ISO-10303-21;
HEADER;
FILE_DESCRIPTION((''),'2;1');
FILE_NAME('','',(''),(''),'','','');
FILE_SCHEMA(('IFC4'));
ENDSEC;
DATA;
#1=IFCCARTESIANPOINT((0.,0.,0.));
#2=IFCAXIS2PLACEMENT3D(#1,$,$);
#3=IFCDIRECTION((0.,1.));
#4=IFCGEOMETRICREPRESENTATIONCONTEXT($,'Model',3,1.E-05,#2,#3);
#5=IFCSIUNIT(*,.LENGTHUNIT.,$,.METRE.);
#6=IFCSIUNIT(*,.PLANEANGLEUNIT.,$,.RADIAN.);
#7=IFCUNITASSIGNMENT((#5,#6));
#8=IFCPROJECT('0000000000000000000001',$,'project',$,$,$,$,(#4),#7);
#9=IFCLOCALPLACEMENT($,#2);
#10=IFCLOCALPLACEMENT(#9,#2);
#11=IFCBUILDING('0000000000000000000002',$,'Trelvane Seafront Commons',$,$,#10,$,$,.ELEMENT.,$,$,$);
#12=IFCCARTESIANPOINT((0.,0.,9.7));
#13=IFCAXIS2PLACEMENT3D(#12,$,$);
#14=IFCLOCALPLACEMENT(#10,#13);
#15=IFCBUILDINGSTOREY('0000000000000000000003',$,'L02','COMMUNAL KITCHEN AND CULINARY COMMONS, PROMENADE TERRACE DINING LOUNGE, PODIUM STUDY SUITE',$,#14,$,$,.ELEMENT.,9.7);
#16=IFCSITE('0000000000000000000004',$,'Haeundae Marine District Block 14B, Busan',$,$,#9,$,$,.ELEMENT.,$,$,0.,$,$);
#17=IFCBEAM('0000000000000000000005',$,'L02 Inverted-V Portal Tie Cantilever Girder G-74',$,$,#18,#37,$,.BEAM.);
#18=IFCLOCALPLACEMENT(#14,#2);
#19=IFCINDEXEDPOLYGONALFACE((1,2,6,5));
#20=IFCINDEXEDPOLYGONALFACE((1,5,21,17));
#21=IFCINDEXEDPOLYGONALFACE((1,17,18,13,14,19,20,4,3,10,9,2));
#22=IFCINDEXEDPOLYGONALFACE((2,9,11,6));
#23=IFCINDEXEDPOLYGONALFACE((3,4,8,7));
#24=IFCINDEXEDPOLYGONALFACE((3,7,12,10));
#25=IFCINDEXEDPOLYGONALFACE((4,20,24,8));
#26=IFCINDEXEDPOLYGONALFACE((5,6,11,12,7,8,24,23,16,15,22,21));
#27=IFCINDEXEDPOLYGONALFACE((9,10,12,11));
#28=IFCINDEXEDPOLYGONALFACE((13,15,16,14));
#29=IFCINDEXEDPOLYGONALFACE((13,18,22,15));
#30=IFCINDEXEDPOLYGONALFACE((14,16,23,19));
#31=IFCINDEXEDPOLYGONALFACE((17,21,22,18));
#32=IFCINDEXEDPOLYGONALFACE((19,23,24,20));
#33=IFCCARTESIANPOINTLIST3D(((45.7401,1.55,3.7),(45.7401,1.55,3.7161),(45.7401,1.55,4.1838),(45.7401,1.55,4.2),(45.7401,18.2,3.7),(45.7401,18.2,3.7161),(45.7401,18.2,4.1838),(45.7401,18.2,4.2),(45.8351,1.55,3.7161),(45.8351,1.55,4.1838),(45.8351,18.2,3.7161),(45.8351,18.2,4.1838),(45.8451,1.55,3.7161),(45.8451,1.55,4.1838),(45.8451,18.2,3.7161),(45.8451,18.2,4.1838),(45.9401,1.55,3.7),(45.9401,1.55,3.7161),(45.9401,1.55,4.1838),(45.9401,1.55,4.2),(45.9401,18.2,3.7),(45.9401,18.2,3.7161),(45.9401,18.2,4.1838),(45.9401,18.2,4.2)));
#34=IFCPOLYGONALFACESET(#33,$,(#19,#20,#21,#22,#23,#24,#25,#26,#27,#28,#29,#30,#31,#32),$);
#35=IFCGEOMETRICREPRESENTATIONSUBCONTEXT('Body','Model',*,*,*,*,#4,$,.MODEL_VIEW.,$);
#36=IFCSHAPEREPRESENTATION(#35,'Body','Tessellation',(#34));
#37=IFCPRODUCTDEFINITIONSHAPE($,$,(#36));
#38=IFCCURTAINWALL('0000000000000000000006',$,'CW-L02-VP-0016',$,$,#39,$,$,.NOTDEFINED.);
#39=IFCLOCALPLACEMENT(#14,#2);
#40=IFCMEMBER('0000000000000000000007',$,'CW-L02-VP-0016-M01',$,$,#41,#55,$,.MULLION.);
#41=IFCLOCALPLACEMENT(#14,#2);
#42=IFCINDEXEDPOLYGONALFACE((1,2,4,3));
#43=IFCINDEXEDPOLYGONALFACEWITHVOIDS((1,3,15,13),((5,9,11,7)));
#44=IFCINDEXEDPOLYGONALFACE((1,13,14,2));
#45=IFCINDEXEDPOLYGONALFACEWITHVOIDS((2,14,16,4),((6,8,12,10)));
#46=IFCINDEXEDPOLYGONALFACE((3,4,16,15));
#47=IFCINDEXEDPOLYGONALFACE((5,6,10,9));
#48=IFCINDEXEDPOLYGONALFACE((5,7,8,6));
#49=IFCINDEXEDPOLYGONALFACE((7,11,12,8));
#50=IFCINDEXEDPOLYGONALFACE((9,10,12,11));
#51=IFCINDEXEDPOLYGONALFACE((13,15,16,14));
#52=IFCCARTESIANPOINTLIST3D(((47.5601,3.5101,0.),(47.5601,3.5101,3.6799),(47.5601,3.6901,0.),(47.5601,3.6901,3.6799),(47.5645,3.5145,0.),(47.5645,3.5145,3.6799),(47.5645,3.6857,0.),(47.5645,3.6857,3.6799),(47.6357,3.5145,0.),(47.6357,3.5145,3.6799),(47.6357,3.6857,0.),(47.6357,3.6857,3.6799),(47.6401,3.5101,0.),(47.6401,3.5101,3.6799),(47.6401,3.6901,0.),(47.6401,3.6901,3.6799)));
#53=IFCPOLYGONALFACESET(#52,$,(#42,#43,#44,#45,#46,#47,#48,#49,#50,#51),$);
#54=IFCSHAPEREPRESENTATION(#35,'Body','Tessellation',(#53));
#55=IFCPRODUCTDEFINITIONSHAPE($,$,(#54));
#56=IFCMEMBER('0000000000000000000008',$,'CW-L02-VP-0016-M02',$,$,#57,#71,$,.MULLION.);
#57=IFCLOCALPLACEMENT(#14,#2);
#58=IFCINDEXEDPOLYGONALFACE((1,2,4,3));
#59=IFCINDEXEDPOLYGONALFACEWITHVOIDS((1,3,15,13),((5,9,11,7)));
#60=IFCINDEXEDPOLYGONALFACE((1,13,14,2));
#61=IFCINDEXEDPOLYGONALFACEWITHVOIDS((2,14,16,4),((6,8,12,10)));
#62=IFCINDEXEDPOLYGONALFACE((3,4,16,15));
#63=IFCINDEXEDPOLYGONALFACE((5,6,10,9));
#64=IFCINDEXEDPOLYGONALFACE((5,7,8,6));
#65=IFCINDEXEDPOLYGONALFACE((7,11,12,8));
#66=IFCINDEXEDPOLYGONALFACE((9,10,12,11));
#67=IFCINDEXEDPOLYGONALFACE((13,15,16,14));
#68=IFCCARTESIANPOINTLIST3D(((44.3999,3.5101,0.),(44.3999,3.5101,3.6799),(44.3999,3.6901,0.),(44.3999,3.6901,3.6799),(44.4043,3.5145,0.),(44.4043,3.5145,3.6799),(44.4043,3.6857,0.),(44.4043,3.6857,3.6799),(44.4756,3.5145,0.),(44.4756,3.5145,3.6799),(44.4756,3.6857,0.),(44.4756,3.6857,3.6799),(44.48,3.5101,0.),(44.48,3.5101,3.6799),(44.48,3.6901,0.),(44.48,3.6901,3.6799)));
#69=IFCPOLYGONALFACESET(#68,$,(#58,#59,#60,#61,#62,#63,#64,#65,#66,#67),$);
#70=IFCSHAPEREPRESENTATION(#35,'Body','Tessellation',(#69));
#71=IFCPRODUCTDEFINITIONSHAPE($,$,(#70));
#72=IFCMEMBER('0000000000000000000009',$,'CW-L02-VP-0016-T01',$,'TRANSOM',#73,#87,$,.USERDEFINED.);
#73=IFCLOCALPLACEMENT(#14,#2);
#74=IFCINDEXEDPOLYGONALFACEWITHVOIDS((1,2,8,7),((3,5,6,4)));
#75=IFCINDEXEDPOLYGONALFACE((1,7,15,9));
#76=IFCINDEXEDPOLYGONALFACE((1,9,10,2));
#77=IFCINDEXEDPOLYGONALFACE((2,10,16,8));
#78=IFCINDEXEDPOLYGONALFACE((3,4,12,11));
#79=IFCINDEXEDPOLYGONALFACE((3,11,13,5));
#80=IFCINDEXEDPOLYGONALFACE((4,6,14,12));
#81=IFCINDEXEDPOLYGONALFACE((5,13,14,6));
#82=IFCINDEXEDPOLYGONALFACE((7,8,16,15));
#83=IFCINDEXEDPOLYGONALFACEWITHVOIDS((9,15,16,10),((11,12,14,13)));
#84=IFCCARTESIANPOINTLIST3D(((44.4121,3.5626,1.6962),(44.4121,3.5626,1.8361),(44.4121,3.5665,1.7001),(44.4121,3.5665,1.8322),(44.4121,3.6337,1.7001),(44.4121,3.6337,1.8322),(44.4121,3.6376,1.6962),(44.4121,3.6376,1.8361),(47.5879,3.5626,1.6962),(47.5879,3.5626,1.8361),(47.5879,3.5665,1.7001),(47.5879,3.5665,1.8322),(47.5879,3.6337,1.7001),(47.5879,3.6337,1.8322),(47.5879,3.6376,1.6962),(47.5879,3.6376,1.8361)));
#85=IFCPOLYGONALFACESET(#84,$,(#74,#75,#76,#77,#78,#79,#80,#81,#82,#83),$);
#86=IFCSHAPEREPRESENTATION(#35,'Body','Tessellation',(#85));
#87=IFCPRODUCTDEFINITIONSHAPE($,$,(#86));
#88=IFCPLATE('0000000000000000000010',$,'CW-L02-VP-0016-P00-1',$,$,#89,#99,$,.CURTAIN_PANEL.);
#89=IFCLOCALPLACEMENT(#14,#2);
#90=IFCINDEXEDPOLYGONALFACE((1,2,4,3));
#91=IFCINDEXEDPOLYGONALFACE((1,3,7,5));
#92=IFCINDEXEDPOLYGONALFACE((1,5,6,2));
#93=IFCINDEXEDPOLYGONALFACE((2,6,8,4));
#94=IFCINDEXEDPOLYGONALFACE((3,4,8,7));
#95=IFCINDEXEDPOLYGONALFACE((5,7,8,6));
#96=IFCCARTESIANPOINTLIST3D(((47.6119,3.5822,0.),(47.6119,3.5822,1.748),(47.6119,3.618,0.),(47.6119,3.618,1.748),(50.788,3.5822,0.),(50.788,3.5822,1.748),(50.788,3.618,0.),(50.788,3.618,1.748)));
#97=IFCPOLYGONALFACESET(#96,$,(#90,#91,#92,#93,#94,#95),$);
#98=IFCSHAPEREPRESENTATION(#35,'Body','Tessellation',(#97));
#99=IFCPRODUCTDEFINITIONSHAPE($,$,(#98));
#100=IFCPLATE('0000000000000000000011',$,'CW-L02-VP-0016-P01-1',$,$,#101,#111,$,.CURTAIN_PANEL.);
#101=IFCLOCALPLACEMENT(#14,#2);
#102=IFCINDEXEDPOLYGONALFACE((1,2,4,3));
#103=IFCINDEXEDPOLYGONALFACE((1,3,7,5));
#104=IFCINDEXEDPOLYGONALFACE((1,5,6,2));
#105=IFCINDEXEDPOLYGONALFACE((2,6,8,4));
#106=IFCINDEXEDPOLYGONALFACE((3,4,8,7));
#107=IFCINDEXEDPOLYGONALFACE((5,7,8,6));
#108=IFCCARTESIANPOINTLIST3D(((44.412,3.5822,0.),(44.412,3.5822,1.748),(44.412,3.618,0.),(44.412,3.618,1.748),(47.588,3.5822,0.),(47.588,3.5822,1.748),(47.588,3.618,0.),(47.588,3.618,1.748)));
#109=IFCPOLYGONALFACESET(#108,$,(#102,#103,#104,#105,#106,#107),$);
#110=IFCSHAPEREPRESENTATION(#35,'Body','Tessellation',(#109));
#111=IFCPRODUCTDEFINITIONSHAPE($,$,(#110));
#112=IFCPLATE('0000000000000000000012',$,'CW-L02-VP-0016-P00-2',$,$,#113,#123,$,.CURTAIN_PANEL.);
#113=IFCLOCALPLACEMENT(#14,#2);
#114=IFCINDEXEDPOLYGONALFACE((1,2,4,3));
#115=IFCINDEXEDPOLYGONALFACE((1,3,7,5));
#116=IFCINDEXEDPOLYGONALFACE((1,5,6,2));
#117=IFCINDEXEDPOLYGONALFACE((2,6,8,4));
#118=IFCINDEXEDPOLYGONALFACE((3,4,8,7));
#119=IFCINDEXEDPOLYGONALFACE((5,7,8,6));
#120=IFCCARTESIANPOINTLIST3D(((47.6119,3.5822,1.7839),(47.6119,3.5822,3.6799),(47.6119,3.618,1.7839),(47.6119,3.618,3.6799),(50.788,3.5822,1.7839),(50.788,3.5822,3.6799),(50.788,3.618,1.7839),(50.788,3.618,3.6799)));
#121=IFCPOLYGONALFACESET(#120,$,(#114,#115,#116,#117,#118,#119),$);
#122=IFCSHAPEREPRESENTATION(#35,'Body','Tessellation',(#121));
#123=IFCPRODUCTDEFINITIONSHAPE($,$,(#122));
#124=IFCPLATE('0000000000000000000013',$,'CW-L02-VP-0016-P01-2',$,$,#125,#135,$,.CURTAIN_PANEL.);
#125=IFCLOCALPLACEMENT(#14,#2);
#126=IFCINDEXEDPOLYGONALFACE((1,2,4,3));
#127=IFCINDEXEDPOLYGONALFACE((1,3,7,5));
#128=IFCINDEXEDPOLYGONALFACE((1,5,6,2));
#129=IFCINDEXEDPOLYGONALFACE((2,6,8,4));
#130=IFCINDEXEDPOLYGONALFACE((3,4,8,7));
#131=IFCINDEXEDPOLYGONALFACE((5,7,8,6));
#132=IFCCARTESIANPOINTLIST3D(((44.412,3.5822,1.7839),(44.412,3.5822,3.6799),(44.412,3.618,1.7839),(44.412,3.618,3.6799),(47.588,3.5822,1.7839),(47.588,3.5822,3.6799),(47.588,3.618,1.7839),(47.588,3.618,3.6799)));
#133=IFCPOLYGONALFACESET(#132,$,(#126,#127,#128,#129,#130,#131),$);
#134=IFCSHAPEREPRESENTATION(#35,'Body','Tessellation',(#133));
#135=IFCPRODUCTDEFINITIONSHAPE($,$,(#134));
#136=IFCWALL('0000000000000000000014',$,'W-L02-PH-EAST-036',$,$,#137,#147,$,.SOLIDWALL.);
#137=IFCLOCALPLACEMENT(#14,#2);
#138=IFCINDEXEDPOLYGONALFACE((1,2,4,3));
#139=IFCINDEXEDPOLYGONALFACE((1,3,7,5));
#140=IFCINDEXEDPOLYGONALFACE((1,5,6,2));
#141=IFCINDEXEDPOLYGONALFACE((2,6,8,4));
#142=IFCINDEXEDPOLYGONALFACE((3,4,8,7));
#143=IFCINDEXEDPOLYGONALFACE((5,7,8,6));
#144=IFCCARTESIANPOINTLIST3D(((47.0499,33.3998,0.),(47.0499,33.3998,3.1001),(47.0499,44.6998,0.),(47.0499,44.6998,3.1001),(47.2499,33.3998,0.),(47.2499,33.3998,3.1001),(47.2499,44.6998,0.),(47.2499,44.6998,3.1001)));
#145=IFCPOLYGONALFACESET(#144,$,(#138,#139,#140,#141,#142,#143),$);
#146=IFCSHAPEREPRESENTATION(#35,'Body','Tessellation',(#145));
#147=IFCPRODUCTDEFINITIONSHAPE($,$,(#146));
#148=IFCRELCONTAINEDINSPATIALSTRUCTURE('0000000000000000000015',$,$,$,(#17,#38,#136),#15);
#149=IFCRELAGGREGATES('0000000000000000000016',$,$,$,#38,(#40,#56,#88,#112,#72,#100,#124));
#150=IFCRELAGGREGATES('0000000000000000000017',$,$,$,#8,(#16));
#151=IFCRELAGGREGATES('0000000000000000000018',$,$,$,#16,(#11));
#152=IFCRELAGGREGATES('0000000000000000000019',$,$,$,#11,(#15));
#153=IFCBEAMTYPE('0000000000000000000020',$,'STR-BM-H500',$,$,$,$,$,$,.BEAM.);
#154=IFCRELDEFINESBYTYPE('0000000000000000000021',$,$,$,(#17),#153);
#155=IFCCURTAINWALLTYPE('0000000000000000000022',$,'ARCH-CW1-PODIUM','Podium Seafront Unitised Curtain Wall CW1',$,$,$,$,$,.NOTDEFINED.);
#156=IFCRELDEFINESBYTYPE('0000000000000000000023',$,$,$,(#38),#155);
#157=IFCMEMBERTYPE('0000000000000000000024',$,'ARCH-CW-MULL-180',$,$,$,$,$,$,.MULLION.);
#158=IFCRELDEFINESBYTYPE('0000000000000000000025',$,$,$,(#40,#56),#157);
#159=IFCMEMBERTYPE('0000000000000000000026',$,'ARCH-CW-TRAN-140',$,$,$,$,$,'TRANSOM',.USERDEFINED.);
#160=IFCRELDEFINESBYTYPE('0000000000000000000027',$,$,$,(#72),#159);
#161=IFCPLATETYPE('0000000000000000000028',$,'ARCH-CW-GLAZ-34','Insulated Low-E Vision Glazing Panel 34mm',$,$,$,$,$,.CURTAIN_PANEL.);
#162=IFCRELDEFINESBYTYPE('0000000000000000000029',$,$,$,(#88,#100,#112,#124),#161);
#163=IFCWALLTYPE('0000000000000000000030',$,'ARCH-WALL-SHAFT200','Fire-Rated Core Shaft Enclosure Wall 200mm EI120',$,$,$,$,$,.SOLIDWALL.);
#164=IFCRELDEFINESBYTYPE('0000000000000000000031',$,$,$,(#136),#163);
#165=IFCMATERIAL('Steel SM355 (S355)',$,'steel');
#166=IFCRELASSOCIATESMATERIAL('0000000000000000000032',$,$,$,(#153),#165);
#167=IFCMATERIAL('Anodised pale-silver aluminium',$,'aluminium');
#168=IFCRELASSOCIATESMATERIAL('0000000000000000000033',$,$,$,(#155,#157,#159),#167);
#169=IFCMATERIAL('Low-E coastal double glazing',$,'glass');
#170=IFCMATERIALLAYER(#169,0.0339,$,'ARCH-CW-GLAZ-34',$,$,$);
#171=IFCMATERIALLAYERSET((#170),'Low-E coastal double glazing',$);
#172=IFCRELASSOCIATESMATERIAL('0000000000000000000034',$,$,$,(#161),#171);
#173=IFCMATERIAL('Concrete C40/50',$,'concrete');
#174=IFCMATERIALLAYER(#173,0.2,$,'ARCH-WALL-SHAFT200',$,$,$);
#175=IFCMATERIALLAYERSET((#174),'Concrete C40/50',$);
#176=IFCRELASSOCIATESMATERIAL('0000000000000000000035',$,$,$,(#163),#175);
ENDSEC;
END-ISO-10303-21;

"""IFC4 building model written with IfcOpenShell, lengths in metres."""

from ifc_helpers import new_model, si_unit, direction, frame, frame_2d, origin, origin_2d, place, context, subcontext, project, spatial, rectangle, hollow_rectangle, i_section, extrude, source, transform, mapped, material, layer, layer_set, material_profile, profile_set, type_object, element, aggregate, save


model = new_model("IFC4")

# Units and contexts
model_context = context("Model", 3, precision=1e-05, world=origin(), true_north=direction((0.0, 1.0)))
body_context = subcontext(model_context, "Body", "Model", "MODEL_VIEW")
ifc_project = project(units=[si_unit("LENGTHUNIT", "METRE"), si_unit("PLANEANGLEUNIT", "RADIAN")], contexts=[model_context])

# Site, building, storey
site_placement = place(None, origin())
site = spatial("IfcSite", under=ifc_project, at=site_placement, Name="Haeundae Marine District Block 14B, Busan", CompositionType="ELEMENT", RefElevation=0.0)
building_placement = place(site_placement, origin())
building = spatial("IfcBuilding", under=site, at=building_placement, Name="Trelvane Seafront Commons", CompositionType="ELEMENT")
storey_placement = place(building_placement, frame((0.0, 0.0, 9.7)))
storey = spatial("IfcBuildingStorey", under=building, at=storey_placement, Name="L02", Description="COMMUNAL KITCHEN AND CULINARY COMMONS, PROMENADE TERRACE DINING LOUNGE, PODIUM STUDY SUITE", CompositionType="ELEMENT", Elevation=9.7)

# Beam
ifc_material_1 = material(Name="Steel SM355 (S355)", Category="steel")
ifc_material_profile_1 = material_profile(ifc_material_1, i_section(OverallWidth=0.2, OverallDepth=0.5, WebThickness=0.01, FlangeThickness=0.0161, at=origin_2d()), Name="H-500x200x10x16")
ifc_profile_set_1 = profile_set([ifc_material_profile_1], Name="Steel SM355 (S355)")
beam_type_1 = type_object("IfcBeamType", Name="STR-BM-H500", PredefinedType="BEAM", material=ifc_profile_set_1)
shared_shape_1 = source(origin(), body_context, "Body", "SweptSolid", [
    extrude(i_section(OverallWidth=0.2, OverallDepth=0.5, WebThickness=0.01, FlangeThickness=0.0161, at=origin_2d()), origin(), (0.0, 0.0, 1.0), 16.6499),
])
beam_1_placement = place(storey_placement, frame((45.8401, 18.2, 3.95), z_axis=(0.0, -1.0, 0.0), x_axis=(1.0, 0.0, 0.0)))
element("IfcBeam", 1, at=beam_1_placement, inside=storey, type_object=beam_type_1, Name="L02 Inverted-V Portal Tie Cantilever Girder G-74", PredefinedType="BEAM", context=body_context, shape_type="MappedRepresentation", body=[
    mapped(shared_shape_1, transform((0.0, 0.0, 0.0), x_axis=(1.0, 0.0, 0.0), y_axis=(0.0, 1.0, 0.0), z_axis=(0.0, 0.0, 1.0), scale=1.0)),
])

# Curtain wall, members, plates
ifc_material_2 = material(Name="Anodised pale-silver aluminium", Category="aluminium")
curtain_wall_type = type_object("IfcCurtainWallType", Name="ARCH-CW1-PODIUM", Description="Podium Seafront Unitised Curtain Wall CW1", PredefinedType="NOTDEFINED", material=ifc_material_2)
curtain_wall_placement = place(storey_placement, origin())
curtain_wall = element("IfcCurtainWall", 2, at=curtain_wall_placement, inside=storey, type_object=curtain_wall_type, Name="CW-L02-VP-0016", PredefinedType="NOTDEFINED")
ifc_material_profile_2 = material_profile(ifc_material_2, hollow_rectangle(XDim=0.0801, YDim=0.1799, WallThickness=0.0044, at=origin_2d()), Name="MULL-80x180x4.5")
ifc_profile_set_2 = profile_set([ifc_material_profile_2], Name="Anodised pale-silver aluminium")
member_type_1 = type_object("IfcMemberType", Name="ARCH-CW-MULL-180", PredefinedType="MULLION", material=ifc_profile_set_2)
shared_shape_2 = source(origin(), body_context, "Body", "SweptSolid", [
    extrude(hollow_rectangle(XDim=0.0801, YDim=0.1799, WallThickness=0.0044, at=origin_2d()), origin(), (0.0, 0.0, 1.0), 3.6799),
])
member_1_placement = place(storey_placement, frame((47.6001, 3.6001, 0.0), z_axis=(0.0, 0.0, 1.0), x_axis=(1.0, 0.0, 0.0)))
member_1 = element("IfcMember", 3, at=member_1_placement, type_object=member_type_1, Name="CW-L02-VP-0016-M01", PredefinedType="MULLION", context=body_context, shape_type="MappedRepresentation", body=[
    mapped(shared_shape_2, transform((0.0, 0.0, 0.0), x_axis=(1.0, 0.0, 0.0), y_axis=(0.0, 1.0, 0.0), z_axis=(0.0, 0.0, 1.0), scale=1.0)),
])
member_2_placement = place(storey_placement, frame((44.4399, 3.6001, 0.0), z_axis=(0.0, 0.0, 1.0), x_axis=(1.0, 0.0, 0.0)))
member_2 = element("IfcMember", 4, at=member_2_placement, type_object=member_type_1, Name="CW-L02-VP-0016-M02", PredefinedType="MULLION", context=body_context, shape_type="MappedRepresentation", body=[
    mapped(shared_shape_2, transform((0.0, 0.0, 0.0), x_axis=(1.0, 0.0, 0.0), y_axis=(0.0, 1.0, 0.0), z_axis=(0.0, 0.0, 1.0), scale=1.0)),
])
ifc_material_profile_3 = material_profile(ifc_material_2, hollow_rectangle(XDim=0.075, YDim=0.1399, WallThickness=0.0039, at=origin_2d()), Name="TRAN-75x140x4")
ifc_profile_set_3 = profile_set([ifc_material_profile_3], Name="Anodised pale-silver aluminium")
member_type_2 = type_object("IfcMemberType", Name="ARCH-CW-TRAN-140", ElementType="TRANSOM", PredefinedType="USERDEFINED", material=ifc_profile_set_3)
shared_shape_3 = source(origin(), body_context, "Body", "SweptSolid", [
    extrude(hollow_rectangle(XDim=0.075, YDim=0.1399, WallThickness=0.0039, at=origin_2d()), origin(), (0.0, 0.0, 1.0), 3.1758),
])
member_3_placement = place(storey_placement, frame((47.5879, 3.6001, 1.7661), z_axis=(-1.0, 0.0, 0.0), x_axis=(0.0, -1.0, 0.0)))
member_3 = element("IfcMember", 5, at=member_3_placement, type_object=member_type_2, Name="CW-L02-VP-0016-T01", ObjectType="TRANSOM", PredefinedType="USERDEFINED", context=body_context, shape_type="MappedRepresentation", body=[
    mapped(shared_shape_3, transform((0.0, 0.0, 0.0), x_axis=(1.0, 0.0, 0.0), y_axis=(0.0, 1.0, 0.0), z_axis=(0.0, 0.0, 1.0), scale=1.0)),
])
ifc_material_3 = material(Name="Low-E coastal double glazing", Category="glass")
ifc_layer_1 = layer(ifc_material_3, 0.0339, Name="ARCH-CW-GLAZ-34")
ifc_layer_set_1 = layer_set([ifc_layer_1], Name="Low-E coastal double glazing")
plate_type = type_object("IfcPlateType", Name="ARCH-CW-GLAZ-34", Description="Insulated Low-E Vision Glazing Panel 34mm", PredefinedType="CURTAIN_PANEL", material=ifc_layer_set_1)
shared_shape_4 = source(origin(), body_context, "Body", "SweptSolid", [
    extrude(rectangle(XDim=3.176, YDim=0.0359, at=origin_2d()), origin(), (0.0, 0.0, 1.0), 1.748),
])
plate_1_placement = place(storey_placement, frame((49.2, 3.6001, 0.0), z_axis=(0.0, 0.0, 1.0), x_axis=(-1.0, 0.0, 0.0)))
plate_1 = element("IfcPlate", 6, at=plate_1_placement, type_object=plate_type, Name="CW-L02-VP-0016-P00-1", PredefinedType="CURTAIN_PANEL", context=body_context, shape_type="MappedRepresentation", body=[
    mapped(shared_shape_4, transform((0.0, 0.0, 0.0), x_axis=(1.0, 0.0, 0.0), y_axis=(0.0, 1.0, 0.0), z_axis=(0.0, 0.0, 1.0), scale=1.0)),
])
plate_2_placement = place(storey_placement, frame((46.0, 3.6001, 0.0), z_axis=(0.0, 0.0, 1.0), x_axis=(-1.0, 0.0, 0.0)))
plate_2 = element("IfcPlate", 7, at=plate_2_placement, type_object=plate_type, Name="CW-L02-VP-0016-P01-1", PredefinedType="CURTAIN_PANEL", context=body_context, shape_type="MappedRepresentation", body=[
    mapped(shared_shape_4, transform((0.0, 0.0, 0.0), x_axis=(1.0, 0.0, 0.0), y_axis=(0.0, 1.0, 0.0), z_axis=(0.0, 0.0, 1.0), scale=1.0)),
])
shared_shape_5 = source(origin(), body_context, "Body", "SweptSolid", [
    extrude(rectangle(XDim=3.176, YDim=0.0359, at=origin_2d()), origin(), (0.0, 0.0, 1.0), 1.896),
])
plate_3_placement = place(storey_placement, frame((49.2, 3.6001, 1.7839), z_axis=(0.0, 0.0, 1.0), x_axis=(-1.0, 0.0, 0.0)))
plate_3 = element("IfcPlate", 8, at=plate_3_placement, type_object=plate_type, Name="CW-L02-VP-0016-P00-2", PredefinedType="CURTAIN_PANEL", context=body_context, shape_type="MappedRepresentation", body=[
    mapped(shared_shape_5, transform((0.0, 0.0, 0.0), x_axis=(1.0, 0.0, 0.0), y_axis=(0.0, 1.0, 0.0), z_axis=(0.0, 0.0, 1.0), scale=1.0)),
])
plate_4_placement = place(storey_placement, frame((46.0, 3.6001, 1.7839), z_axis=(0.0, 0.0, 1.0), x_axis=(-1.0, 0.0, 0.0)))
plate_4 = element("IfcPlate", 9, at=plate_4_placement, type_object=plate_type, Name="CW-L02-VP-0016-P01-2", PredefinedType="CURTAIN_PANEL", context=body_context, shape_type="MappedRepresentation", body=[
    mapped(shared_shape_5, transform((0.0, 0.0, 0.0), x_axis=(1.0, 0.0, 0.0), y_axis=(0.0, 1.0, 0.0), z_axis=(0.0, 0.0, 1.0), scale=1.0)),
])
aggregate(curtain_wall, [member_1, member_2, plate_1, plate_3, member_3, plate_2, plate_4])

# Shared definitions
ifc_material_4 = material(Name="Concrete C40/50", Category="concrete")

# Wall
ifc_layer_2 = layer(ifc_material_4, 0.2, Name="ARCH-WALL-SHAFT200")
ifc_layer_set_2 = layer_set([ifc_layer_2], Name="Concrete C40/50")
wall_type_1 = type_object("IfcWallType", Name="ARCH-WALL-SHAFT200", Description="Fire-Rated Core Shaft Enclosure Wall 200mm EI120", PredefinedType="SOLIDWALL", material=ifc_layer_set_2)
wall_1_placement = place(storey_placement, frame((47.1499, 33.3999, 0.0), z_axis=(0.0, 0.0, 1.0), x_axis=(0.0, 1.0, 0.0)))
element("IfcWall", 10, at=wall_1_placement, inside=storey, type_object=wall_type_1, Name="W-L02-PH-EAST-036", PredefinedType="SOLIDWALL", context=body_context, shape_type="SweptSolid", body=[
    extrude(rectangle(XDim=11.3, YDim=0.2, at=frame_2d((5.6499, 0.0))), origin(), (0.0, 0.0, 1.0), 3.1001),
])

save(model, "model.ifc")
